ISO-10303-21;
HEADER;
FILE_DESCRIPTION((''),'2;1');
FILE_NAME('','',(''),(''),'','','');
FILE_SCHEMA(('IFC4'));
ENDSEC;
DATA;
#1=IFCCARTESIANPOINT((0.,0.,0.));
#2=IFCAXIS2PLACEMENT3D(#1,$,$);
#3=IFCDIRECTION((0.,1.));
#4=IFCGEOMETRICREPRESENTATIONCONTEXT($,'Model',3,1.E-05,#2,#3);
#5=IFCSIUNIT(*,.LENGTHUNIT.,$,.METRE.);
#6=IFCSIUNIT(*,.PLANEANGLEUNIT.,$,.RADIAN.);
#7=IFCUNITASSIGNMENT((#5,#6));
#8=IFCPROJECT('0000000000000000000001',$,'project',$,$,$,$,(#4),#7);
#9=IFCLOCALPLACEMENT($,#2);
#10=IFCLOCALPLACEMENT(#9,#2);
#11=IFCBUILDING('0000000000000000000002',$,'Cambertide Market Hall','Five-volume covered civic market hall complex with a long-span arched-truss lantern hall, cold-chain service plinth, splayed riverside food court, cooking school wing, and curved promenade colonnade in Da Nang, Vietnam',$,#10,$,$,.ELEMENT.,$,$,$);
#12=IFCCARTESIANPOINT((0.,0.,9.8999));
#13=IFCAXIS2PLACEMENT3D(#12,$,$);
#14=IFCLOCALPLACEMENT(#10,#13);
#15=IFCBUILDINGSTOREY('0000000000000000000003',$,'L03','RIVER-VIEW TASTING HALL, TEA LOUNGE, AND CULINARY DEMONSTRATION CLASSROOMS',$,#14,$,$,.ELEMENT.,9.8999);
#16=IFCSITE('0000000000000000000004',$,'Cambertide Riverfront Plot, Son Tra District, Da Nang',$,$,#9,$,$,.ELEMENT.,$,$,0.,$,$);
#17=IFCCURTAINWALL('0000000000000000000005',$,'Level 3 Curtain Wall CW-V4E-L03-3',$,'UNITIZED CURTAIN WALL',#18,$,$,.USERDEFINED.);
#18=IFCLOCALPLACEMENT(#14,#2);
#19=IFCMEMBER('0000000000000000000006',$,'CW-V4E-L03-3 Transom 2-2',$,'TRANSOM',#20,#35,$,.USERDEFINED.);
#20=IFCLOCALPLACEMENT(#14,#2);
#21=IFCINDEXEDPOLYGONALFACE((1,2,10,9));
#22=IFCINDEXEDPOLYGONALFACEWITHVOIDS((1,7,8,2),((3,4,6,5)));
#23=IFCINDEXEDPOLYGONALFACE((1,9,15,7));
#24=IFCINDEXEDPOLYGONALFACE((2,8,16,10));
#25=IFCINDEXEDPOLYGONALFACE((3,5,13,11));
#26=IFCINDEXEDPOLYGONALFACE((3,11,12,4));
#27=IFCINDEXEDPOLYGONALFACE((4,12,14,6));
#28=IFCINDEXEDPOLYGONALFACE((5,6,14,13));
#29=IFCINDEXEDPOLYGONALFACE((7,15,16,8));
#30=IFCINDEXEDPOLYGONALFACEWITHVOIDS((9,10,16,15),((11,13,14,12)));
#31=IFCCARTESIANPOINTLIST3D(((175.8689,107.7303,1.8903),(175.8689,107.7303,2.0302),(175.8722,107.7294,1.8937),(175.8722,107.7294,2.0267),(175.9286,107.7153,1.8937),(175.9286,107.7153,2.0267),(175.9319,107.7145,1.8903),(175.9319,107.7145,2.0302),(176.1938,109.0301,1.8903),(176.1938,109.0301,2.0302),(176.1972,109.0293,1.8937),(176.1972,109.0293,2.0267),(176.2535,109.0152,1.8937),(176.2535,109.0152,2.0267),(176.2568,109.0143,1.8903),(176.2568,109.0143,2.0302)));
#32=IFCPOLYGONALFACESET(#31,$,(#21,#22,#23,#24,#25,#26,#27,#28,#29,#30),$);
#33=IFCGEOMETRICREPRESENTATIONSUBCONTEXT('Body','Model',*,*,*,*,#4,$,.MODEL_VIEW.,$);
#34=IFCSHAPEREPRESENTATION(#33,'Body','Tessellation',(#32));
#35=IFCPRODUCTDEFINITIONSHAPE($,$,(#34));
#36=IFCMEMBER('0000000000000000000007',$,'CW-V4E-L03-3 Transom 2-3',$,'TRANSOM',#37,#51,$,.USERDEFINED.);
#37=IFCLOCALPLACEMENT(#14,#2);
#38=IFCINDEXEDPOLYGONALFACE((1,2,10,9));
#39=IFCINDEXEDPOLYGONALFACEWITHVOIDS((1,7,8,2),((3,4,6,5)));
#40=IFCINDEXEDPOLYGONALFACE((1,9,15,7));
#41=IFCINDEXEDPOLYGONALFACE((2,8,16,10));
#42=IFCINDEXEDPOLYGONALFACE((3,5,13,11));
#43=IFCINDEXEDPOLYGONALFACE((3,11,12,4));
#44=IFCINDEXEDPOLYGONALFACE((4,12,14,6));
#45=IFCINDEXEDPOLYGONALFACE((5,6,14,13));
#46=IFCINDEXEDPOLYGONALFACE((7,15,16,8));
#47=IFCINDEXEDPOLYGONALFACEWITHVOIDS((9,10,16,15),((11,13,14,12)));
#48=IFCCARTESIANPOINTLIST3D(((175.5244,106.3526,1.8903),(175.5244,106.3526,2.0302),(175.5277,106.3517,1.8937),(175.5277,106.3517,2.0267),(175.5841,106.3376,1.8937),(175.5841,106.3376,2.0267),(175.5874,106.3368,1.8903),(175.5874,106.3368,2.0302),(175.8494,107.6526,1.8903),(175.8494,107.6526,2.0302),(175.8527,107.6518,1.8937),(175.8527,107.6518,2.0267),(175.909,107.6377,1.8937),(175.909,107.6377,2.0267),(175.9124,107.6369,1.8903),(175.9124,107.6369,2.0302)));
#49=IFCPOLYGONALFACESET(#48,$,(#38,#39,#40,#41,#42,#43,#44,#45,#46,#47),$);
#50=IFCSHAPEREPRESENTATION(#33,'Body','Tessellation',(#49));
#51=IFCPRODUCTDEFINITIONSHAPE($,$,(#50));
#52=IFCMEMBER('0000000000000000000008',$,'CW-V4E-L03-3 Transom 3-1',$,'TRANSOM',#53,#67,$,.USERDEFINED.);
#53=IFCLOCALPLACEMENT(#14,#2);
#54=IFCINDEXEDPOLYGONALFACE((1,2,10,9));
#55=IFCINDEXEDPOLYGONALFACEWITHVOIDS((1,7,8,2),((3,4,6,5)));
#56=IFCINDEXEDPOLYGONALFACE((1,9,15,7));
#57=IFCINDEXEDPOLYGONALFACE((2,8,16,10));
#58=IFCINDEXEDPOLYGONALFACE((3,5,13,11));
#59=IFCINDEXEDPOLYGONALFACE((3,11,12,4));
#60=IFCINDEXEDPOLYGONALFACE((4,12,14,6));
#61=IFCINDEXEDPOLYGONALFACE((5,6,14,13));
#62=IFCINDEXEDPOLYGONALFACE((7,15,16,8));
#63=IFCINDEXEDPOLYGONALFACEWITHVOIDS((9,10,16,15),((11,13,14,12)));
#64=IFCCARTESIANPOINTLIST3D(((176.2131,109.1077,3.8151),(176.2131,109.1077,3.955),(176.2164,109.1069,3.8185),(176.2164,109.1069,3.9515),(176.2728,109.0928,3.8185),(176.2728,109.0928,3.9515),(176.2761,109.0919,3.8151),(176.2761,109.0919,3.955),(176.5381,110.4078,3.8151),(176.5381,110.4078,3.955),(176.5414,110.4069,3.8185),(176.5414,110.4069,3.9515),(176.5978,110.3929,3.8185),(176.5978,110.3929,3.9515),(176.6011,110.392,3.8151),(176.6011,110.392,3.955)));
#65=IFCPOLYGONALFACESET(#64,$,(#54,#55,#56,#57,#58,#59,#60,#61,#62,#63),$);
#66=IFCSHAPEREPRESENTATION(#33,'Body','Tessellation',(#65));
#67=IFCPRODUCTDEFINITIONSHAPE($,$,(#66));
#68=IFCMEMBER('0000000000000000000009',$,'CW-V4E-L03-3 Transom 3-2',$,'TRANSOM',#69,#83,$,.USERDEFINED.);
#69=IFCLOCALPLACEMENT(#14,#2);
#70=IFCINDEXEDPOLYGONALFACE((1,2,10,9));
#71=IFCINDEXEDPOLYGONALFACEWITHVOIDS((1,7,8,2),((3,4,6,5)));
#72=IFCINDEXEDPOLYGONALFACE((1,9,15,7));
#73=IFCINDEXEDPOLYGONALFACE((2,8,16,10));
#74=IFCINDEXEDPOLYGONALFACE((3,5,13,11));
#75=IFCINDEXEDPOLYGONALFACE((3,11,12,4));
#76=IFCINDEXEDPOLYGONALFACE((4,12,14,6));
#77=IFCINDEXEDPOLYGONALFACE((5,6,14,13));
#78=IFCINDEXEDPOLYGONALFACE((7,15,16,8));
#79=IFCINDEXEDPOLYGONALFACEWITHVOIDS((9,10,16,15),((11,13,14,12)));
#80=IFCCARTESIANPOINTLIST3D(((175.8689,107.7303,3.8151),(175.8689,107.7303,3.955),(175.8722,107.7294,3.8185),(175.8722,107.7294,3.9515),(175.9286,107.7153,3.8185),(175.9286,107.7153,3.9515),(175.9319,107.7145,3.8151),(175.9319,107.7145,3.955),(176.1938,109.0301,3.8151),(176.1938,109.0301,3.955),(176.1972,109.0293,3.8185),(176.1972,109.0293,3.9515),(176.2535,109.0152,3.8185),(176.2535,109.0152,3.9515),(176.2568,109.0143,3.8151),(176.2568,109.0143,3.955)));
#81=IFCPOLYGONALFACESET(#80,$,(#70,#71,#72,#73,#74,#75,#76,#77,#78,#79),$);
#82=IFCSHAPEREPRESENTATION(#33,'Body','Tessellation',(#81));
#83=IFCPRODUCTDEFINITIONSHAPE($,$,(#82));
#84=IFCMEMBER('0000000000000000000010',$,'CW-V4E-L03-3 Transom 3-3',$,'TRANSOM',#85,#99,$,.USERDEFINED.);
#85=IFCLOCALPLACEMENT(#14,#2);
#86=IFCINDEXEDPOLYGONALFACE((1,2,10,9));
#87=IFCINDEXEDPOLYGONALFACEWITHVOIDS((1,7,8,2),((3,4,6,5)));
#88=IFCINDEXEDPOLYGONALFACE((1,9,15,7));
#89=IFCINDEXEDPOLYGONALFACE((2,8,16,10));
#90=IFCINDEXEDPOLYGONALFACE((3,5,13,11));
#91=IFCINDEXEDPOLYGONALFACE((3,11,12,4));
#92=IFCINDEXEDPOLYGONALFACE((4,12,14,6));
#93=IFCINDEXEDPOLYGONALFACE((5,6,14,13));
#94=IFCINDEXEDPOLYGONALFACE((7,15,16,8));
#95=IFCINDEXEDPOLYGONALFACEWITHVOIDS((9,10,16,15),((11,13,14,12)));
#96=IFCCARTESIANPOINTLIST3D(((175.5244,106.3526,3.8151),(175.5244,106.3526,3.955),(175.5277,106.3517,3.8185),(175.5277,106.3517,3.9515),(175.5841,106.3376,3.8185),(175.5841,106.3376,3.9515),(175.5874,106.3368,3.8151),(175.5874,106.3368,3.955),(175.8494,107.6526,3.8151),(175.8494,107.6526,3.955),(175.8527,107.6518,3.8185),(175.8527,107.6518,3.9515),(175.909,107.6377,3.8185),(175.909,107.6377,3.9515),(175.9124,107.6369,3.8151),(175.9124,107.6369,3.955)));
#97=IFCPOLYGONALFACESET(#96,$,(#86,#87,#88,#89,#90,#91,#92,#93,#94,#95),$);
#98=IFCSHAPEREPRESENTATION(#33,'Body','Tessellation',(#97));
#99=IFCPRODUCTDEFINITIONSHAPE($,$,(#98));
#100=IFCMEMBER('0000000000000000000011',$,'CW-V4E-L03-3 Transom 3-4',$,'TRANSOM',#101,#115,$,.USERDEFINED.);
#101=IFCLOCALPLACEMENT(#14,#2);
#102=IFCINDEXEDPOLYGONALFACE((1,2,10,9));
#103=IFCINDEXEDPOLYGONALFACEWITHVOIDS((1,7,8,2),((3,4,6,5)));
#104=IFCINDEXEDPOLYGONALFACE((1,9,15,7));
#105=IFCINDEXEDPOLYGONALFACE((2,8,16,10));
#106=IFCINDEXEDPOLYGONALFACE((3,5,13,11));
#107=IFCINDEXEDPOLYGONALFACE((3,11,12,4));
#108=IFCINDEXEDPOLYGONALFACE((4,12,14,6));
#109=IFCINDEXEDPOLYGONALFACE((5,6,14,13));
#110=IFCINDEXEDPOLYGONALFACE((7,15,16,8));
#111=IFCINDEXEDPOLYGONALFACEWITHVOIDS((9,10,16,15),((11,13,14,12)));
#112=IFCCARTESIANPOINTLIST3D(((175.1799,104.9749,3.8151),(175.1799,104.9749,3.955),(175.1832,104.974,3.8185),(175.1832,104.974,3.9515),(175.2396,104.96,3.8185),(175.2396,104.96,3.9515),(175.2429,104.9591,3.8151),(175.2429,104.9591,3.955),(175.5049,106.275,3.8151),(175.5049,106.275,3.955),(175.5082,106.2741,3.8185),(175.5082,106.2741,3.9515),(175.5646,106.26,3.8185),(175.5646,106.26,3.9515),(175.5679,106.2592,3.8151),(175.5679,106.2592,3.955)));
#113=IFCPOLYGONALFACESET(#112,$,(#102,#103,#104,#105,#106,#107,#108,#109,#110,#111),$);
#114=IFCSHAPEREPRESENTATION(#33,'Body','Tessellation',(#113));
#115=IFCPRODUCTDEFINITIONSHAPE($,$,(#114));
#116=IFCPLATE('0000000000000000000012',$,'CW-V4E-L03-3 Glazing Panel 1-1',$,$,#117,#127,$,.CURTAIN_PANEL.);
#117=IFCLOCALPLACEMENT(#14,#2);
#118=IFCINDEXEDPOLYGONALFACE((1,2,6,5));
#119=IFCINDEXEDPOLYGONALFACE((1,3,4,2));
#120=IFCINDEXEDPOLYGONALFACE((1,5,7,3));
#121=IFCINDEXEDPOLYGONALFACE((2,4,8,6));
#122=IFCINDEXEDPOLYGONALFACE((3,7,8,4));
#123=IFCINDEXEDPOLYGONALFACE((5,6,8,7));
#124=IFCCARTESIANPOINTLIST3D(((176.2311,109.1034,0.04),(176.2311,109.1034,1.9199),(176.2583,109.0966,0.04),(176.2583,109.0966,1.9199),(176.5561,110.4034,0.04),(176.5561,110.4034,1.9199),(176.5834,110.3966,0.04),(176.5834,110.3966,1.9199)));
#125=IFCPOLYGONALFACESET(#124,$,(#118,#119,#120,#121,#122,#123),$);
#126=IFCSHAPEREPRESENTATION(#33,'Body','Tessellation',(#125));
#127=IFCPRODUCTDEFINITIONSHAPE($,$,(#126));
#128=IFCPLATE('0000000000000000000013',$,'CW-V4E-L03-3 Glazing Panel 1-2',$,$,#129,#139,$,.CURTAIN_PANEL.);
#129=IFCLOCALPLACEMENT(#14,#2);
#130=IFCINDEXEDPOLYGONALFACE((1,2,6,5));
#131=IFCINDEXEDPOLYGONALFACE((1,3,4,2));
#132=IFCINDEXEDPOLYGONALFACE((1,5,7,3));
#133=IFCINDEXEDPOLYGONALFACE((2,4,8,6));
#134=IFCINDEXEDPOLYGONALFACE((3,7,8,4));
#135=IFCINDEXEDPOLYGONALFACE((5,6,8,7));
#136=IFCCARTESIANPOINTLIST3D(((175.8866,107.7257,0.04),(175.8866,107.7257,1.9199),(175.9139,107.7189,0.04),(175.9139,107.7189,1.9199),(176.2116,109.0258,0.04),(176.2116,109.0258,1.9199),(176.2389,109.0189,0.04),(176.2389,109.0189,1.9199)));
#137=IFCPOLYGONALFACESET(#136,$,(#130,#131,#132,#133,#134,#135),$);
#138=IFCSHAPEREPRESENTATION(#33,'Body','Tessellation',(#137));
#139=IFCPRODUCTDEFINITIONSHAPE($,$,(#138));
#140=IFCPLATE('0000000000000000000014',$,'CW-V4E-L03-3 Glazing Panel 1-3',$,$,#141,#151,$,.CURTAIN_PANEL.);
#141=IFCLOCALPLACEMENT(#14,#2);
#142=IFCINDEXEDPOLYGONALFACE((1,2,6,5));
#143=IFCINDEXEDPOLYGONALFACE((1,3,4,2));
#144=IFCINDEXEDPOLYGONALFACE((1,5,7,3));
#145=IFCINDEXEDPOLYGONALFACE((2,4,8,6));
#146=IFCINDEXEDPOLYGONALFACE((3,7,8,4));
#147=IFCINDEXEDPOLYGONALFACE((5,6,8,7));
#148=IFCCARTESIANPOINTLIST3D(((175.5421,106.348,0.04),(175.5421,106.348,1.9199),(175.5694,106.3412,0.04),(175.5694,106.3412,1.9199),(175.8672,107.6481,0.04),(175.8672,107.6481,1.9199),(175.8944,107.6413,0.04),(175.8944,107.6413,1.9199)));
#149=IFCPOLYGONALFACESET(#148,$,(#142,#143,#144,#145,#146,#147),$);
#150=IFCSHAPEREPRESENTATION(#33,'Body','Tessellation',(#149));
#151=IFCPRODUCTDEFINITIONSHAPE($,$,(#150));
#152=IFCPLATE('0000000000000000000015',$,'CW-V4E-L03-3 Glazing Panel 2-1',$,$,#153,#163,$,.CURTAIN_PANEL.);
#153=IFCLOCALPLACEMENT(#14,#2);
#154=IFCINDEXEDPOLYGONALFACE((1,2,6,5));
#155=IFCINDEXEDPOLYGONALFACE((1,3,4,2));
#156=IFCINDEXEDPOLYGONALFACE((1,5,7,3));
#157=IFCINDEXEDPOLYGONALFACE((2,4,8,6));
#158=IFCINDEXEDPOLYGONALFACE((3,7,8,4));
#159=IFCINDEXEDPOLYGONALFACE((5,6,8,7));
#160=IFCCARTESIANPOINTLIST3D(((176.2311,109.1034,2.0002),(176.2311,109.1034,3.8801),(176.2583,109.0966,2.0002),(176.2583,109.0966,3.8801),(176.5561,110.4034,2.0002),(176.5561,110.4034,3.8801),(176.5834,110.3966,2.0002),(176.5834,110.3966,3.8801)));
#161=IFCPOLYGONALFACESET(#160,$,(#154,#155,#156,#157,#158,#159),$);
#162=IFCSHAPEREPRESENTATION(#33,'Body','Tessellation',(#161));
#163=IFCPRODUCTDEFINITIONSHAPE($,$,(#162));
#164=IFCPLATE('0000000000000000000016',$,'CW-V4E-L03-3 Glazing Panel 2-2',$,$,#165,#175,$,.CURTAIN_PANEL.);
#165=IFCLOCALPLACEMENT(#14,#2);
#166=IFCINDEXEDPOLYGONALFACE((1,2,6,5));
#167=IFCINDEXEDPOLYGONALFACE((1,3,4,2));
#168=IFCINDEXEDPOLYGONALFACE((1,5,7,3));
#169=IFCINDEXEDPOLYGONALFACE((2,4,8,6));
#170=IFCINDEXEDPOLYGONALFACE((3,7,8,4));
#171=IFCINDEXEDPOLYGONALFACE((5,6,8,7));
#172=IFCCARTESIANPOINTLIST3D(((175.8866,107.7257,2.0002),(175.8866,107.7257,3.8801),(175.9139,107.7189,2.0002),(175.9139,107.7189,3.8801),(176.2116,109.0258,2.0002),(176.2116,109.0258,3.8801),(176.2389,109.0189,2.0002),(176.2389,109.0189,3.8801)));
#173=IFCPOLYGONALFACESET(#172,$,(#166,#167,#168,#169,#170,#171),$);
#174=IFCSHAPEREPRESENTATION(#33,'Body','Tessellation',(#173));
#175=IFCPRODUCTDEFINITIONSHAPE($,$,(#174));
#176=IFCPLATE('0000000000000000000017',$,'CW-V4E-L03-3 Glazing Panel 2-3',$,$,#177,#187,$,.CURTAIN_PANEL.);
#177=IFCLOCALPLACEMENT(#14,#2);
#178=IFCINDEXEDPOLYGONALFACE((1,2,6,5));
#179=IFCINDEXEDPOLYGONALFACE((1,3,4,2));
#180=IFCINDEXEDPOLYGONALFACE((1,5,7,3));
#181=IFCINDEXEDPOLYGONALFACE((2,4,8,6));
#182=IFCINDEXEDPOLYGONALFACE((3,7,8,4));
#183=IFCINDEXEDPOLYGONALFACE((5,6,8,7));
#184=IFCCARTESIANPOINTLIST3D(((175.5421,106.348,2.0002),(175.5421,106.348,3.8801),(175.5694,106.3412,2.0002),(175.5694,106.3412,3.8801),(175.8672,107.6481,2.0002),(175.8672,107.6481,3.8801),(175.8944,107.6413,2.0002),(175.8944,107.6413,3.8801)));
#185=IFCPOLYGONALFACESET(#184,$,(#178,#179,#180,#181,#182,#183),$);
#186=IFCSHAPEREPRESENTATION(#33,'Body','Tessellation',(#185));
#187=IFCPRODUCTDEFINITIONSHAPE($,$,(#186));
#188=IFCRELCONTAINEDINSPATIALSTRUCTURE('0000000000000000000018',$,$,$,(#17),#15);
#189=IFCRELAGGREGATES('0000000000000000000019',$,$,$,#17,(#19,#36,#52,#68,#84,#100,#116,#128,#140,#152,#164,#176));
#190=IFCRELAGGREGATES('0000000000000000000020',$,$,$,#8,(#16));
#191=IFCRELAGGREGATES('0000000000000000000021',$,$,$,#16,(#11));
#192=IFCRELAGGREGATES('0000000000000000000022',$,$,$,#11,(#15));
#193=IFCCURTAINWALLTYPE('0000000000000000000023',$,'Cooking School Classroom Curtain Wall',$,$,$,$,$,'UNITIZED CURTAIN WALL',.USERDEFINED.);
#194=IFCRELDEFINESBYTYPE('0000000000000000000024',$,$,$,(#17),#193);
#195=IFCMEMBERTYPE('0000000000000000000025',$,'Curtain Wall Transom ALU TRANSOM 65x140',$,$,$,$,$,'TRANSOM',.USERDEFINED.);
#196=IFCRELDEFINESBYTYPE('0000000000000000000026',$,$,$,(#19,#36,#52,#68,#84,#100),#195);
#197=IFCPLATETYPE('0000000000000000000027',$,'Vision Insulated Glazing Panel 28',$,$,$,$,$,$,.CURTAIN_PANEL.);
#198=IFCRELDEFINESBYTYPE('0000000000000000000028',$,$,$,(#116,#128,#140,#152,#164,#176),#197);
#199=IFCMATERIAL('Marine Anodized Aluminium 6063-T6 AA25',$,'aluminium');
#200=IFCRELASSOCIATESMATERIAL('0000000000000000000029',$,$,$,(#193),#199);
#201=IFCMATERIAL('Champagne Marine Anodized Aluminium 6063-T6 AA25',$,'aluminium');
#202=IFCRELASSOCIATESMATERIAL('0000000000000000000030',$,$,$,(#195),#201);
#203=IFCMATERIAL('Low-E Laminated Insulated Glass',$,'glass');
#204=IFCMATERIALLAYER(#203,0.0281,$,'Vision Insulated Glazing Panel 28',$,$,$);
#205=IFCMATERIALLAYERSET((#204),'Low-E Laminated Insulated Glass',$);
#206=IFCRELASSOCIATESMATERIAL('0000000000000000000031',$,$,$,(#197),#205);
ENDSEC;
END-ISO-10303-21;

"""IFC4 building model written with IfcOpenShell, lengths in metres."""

from ifc_helpers import new_model, si_unit, direction, frame, origin, origin_2d, place, context, subcontext, project, spatial, rectangle, hollow_rectangle, extrude, material, layer, layer_set, material_profile, profile_set, type_object, element, aggregate, save


model = new_model("IFC4")

# Units and contexts
model_context = context("Model", 3, precision=1e-05, world=origin(), true_north=direction((0.0, 1.0)))
body_context = subcontext(model_context, "Body", "Model", "MODEL_VIEW")
ifc_project = project(units=[si_unit("LENGTHUNIT", "METRE"), si_unit("PLANEANGLEUNIT", "RADIAN")], contexts=[model_context])

# Site, building, storey
site_placement = place(None, origin())
site = spatial("IfcSite", under=ifc_project, at=site_placement, Name="Cambertide Riverfront Plot, Son Tra District, Da Nang", CompositionType="ELEMENT", RefElevation=0.0)
building_placement = place(site_placement, origin())
building = spatial("IfcBuilding", under=site, at=building_placement, Name="Cambertide Market Hall", Description="Five-volume covered civic market hall complex with a long-span arched-truss lantern hall, cold-chain service plinth, splayed riverside food court, cooking school wing, and curved promenade colonnade in Da Nang, Vietnam", CompositionType="ELEMENT")
storey_placement = place(building_placement, frame((0.0, 0.0, 9.8999)))
storey = spatial("IfcBuildingStorey", under=building, at=storey_placement, Name="L03", Description="RIVER-VIEW TASTING HALL, TEA LOUNGE, AND CULINARY DEMONSTRATION CLASSROOMS", CompositionType="ELEMENT", Elevation=9.8999)

# Curtain wall, members, plates
ifc_material_1 = material(Name="Marine Anodized Aluminium 6063-T6 AA25", Category="aluminium")
curtain_wall_type = type_object("IfcCurtainWallType", Name="Cooking School Classroom Curtain Wall", ElementType="UNITIZED CURTAIN WALL", PredefinedType="USERDEFINED", material=ifc_material_1)
curtain_wall_placement = place(storey_placement, origin())
curtain_wall = element("IfcCurtainWall", 1, at=curtain_wall_placement, inside=storey, type_object=curtain_wall_type, Name="Level 3 Curtain Wall CW-V4E-L03-3", ObjectType="UNITIZED CURTAIN WALL", PredefinedType="USERDEFINED")
ifc_material_2 = material(Name="Champagne Marine Anodized Aluminium 6063-T6 AA25", Category="aluminium")
ifc_material_profile_1 = material_profile(ifc_material_2, hollow_rectangle(XDim=0.0649, YDim=0.1399, WallThickness=0.0034, at=origin_2d()), Name="ALU TRANSOM 65x140")
ifc_profile_set_1 = profile_set([ifc_material_profile_1], Name="Champagne Marine Anodized Aluminium 6063-T6 AA25")
member_type_1 = type_object("IfcMemberType", Name="Curtain Wall Transom ALU TRANSOM 65x140", ElementType="TRANSOM", PredefinedType="USERDEFINED", material=ifc_profile_set_1)
member_1_placement = place(storey_placement, frame((176.2253, 109.0222, 1.9602), z_axis=(-0.242536, -0.970143, 0.0), x_axis=(0.970143, -0.242536, 0.0)))
member_1 = element("IfcMember", 2, at=member_1_placement, type_object=member_type_1, Name="CW-V4E-L03-3 Transom 2-2", ObjectType="TRANSOM", PredefinedType="USERDEFINED", context=body_context, shape_type="SweptSolid", body=[
    extrude(hollow_rectangle(XDim=0.0649, YDim=0.1399, WallThickness=0.0034, at=origin_2d()), origin(), (0.0, 0.0, 1.0), 1.3398),
])
member_2_placement = place(storey_placement, frame((175.8809, 107.6448, 1.9602), z_axis=(-0.242493, -0.970153, 0.0), x_axis=(0.970153, -0.242493, 0.0)))
member_2 = element("IfcMember", 3, at=member_2_placement, type_object=member_type_1, Name="CW-V4E-L03-3 Transom 2-3", ObjectType="TRANSOM", PredefinedType="USERDEFINED", context=body_context, shape_type="SweptSolid", body=[
    extrude(hollow_rectangle(XDim=0.0649, YDim=0.1399, WallThickness=0.0034, at=origin_2d()), origin(), (0.0, 0.0, 1.0), 1.3401),
])
member_3_placement = place(storey_placement, frame((176.5696, 110.3999, 3.885), z_axis=(-0.242493, -0.970153, 0.0), x_axis=(0.970153, -0.242493, 0.0)))
member_3 = element("IfcMember", 4, at=member_3_placement, type_object=member_type_1, Name="CW-V4E-L03-3 Transom 3-1", ObjectType="TRANSOM", PredefinedType="USERDEFINED", context=body_context, shape_type="SweptSolid", body=[
    extrude(hollow_rectangle(XDim=0.0649, YDim=0.1399, WallThickness=0.0034, at=origin_2d()), origin(), (0.0, 0.0, 1.0), 1.3401),
])
member_4_placement = place(storey_placement, frame((176.2253, 109.0222, 3.885), z_axis=(-0.242536, -0.970143, 0.0), x_axis=(0.970143, -0.242536, 0.0)))
member_4 = element("IfcMember", 5, at=member_4_placement, type_object=member_type_1, Name="CW-V4E-L03-3 Transom 3-2", ObjectType="TRANSOM", PredefinedType="USERDEFINED", context=body_context, shape_type="SweptSolid", body=[
    extrude(hollow_rectangle(XDim=0.0649, YDim=0.1399, WallThickness=0.0034, at=origin_2d()), origin(), (0.0, 0.0, 1.0), 1.3398),
])
member_5_placement = place(storey_placement, frame((175.8809, 107.6448, 3.885), z_axis=(-0.242493, -0.970153, 0.0), x_axis=(0.970153, -0.242493, 0.0)))
member_5 = element("IfcMember", 6, at=member_5_placement, type_object=member_type_1, Name="CW-V4E-L03-3 Transom 3-3", ObjectType="TRANSOM", PredefinedType="USERDEFINED", context=body_context, shape_type="SweptSolid", body=[
    extrude(hollow_rectangle(XDim=0.0649, YDim=0.1399, WallThickness=0.0034, at=origin_2d()), origin(), (0.0, 0.0, 1.0), 1.3401),
])
member_6_placement = place(storey_placement, frame((175.5364, 106.2671, 3.885), z_axis=(-0.242493, -0.970153, 0.0), x_axis=(0.970153, -0.242493, 0.0)))
member_6 = element("IfcMember", 7, at=member_6_placement, type_object=member_type_1, Name="CW-V4E-L03-3 Transom 3-4", ObjectType="TRANSOM", PredefinedType="USERDEFINED", context=body_context, shape_type="SweptSolid", body=[
    extrude(hollow_rectangle(XDim=0.0649, YDim=0.1399, WallThickness=0.0034, at=origin_2d()), origin(), (0.0, 0.0, 1.0), 1.3401),
])
ifc_material_3 = material(Name="Low-E Laminated Insulated Glass", Category="glass")
ifc_layer = layer(ifc_material_3, 0.0281, Name="Vision Insulated Glazing Panel 28")
ifc_layer_set = layer_set([ifc_layer], Name="Low-E Laminated Insulated Glass")
plate_type = type_object("IfcPlateType", Name="Vision Insulated Glazing Panel 28", PredefinedType="CURTAIN_PANEL", material=ifc_layer_set)
plate_1_placement = place(storey_placement, frame((176.4072, 109.75, 0.04), z_axis=(0.0, 0.0, 1.0), x_axis=(-0.242536, -0.970143, 0.0)))
plate_1 = element("IfcPlate", 8, at=plate_1_placement, type_object=plate_type, Name="CW-V4E-L03-3 Glazing Panel 1-1", PredefinedType="CURTAIN_PANEL", context=body_context, shape_type="SweptSolid", body=[
    extrude(rectangle(XDim=1.3401, YDim=0.0281, at=origin_2d()), origin(), (0.0, 0.0, 1.0), 1.8799),
])
plate_2_placement = place(storey_placement, frame((176.0627, 108.3723, 0.04), z_axis=(0.0, 0.0, 1.0), x_axis=(-0.242536, -0.970143, 0.0)))
plate_2 = element("IfcPlate", 9, at=plate_2_placement, type_object=plate_type, Name="CW-V4E-L03-3 Glazing Panel 1-2", PredefinedType="CURTAIN_PANEL", context=body_context, shape_type="SweptSolid", body=[
    extrude(rectangle(XDim=1.3401, YDim=0.0281, at=origin_2d()), origin(), (0.0, 0.0, 1.0), 1.8799),
])
plate_3_placement = place(storey_placement, frame((175.7183, 106.9946, 0.04), z_axis=(0.0, 0.0, 1.0), x_axis=(-0.242536, -0.970143, 0.0)))
plate_3 = element("IfcPlate", 10, at=plate_3_placement, type_object=plate_type, Name="CW-V4E-L03-3 Glazing Panel 1-3", PredefinedType="CURTAIN_PANEL", context=body_context, shape_type="SweptSolid", body=[
    extrude(rectangle(XDim=1.3401, YDim=0.0281, at=origin_2d()), origin(), (0.0, 0.0, 1.0), 1.8799),
])
plate_4_placement = place(storey_placement, frame((176.4072, 109.75, 2.0002), z_axis=(0.0, 0.0, 1.0), x_axis=(-0.242536, -0.970143, 0.0)))
plate_4 = element("IfcPlate", 11, at=plate_4_placement, type_object=plate_type, Name="CW-V4E-L03-3 Glazing Panel 2-1", PredefinedType="CURTAIN_PANEL", context=body_context, shape_type="SweptSolid", body=[
    extrude(rectangle(XDim=1.3401, YDim=0.0281, at=origin_2d()), origin(), (0.0, 0.0, 1.0), 1.8799),
])
plate_5_placement = place(storey_placement, frame((176.0627, 108.3723, 2.0002), z_axis=(0.0, 0.0, 1.0), x_axis=(-0.242536, -0.970143, 0.0)))
plate_5 = element("IfcPlate", 12, at=plate_5_placement, type_object=plate_type, Name="CW-V4E-L03-3 Glazing Panel 2-2", PredefinedType="CURTAIN_PANEL", context=body_context, shape_type="SweptSolid", body=[
    extrude(rectangle(XDim=1.3401, YDim=0.0281, at=origin_2d()), origin(), (0.0, 0.0, 1.0), 1.8799),
])
plate_6_placement = place(storey_placement, frame((175.7183, 106.9946, 2.0002), z_axis=(0.0, 0.0, 1.0), x_axis=(-0.242536, -0.970143, 0.0)))
plate_6 = element("IfcPlate", 13, at=plate_6_placement, type_object=plate_type, Name="CW-V4E-L03-3 Glazing Panel 2-3", PredefinedType="CURTAIN_PANEL", context=body_context, shape_type="SweptSolid", body=[
    extrude(rectangle(XDim=1.3401, YDim=0.0281, at=origin_2d()), origin(), (0.0, 0.0, 1.0), 1.8799),
])
aggregate(curtain_wall, [member_1, member_2, member_3, member_4, member_5, member_6, plate_1, plate_2, plate_3, plate_4, plate_5, plate_6])

save(model, "model.ifc")
